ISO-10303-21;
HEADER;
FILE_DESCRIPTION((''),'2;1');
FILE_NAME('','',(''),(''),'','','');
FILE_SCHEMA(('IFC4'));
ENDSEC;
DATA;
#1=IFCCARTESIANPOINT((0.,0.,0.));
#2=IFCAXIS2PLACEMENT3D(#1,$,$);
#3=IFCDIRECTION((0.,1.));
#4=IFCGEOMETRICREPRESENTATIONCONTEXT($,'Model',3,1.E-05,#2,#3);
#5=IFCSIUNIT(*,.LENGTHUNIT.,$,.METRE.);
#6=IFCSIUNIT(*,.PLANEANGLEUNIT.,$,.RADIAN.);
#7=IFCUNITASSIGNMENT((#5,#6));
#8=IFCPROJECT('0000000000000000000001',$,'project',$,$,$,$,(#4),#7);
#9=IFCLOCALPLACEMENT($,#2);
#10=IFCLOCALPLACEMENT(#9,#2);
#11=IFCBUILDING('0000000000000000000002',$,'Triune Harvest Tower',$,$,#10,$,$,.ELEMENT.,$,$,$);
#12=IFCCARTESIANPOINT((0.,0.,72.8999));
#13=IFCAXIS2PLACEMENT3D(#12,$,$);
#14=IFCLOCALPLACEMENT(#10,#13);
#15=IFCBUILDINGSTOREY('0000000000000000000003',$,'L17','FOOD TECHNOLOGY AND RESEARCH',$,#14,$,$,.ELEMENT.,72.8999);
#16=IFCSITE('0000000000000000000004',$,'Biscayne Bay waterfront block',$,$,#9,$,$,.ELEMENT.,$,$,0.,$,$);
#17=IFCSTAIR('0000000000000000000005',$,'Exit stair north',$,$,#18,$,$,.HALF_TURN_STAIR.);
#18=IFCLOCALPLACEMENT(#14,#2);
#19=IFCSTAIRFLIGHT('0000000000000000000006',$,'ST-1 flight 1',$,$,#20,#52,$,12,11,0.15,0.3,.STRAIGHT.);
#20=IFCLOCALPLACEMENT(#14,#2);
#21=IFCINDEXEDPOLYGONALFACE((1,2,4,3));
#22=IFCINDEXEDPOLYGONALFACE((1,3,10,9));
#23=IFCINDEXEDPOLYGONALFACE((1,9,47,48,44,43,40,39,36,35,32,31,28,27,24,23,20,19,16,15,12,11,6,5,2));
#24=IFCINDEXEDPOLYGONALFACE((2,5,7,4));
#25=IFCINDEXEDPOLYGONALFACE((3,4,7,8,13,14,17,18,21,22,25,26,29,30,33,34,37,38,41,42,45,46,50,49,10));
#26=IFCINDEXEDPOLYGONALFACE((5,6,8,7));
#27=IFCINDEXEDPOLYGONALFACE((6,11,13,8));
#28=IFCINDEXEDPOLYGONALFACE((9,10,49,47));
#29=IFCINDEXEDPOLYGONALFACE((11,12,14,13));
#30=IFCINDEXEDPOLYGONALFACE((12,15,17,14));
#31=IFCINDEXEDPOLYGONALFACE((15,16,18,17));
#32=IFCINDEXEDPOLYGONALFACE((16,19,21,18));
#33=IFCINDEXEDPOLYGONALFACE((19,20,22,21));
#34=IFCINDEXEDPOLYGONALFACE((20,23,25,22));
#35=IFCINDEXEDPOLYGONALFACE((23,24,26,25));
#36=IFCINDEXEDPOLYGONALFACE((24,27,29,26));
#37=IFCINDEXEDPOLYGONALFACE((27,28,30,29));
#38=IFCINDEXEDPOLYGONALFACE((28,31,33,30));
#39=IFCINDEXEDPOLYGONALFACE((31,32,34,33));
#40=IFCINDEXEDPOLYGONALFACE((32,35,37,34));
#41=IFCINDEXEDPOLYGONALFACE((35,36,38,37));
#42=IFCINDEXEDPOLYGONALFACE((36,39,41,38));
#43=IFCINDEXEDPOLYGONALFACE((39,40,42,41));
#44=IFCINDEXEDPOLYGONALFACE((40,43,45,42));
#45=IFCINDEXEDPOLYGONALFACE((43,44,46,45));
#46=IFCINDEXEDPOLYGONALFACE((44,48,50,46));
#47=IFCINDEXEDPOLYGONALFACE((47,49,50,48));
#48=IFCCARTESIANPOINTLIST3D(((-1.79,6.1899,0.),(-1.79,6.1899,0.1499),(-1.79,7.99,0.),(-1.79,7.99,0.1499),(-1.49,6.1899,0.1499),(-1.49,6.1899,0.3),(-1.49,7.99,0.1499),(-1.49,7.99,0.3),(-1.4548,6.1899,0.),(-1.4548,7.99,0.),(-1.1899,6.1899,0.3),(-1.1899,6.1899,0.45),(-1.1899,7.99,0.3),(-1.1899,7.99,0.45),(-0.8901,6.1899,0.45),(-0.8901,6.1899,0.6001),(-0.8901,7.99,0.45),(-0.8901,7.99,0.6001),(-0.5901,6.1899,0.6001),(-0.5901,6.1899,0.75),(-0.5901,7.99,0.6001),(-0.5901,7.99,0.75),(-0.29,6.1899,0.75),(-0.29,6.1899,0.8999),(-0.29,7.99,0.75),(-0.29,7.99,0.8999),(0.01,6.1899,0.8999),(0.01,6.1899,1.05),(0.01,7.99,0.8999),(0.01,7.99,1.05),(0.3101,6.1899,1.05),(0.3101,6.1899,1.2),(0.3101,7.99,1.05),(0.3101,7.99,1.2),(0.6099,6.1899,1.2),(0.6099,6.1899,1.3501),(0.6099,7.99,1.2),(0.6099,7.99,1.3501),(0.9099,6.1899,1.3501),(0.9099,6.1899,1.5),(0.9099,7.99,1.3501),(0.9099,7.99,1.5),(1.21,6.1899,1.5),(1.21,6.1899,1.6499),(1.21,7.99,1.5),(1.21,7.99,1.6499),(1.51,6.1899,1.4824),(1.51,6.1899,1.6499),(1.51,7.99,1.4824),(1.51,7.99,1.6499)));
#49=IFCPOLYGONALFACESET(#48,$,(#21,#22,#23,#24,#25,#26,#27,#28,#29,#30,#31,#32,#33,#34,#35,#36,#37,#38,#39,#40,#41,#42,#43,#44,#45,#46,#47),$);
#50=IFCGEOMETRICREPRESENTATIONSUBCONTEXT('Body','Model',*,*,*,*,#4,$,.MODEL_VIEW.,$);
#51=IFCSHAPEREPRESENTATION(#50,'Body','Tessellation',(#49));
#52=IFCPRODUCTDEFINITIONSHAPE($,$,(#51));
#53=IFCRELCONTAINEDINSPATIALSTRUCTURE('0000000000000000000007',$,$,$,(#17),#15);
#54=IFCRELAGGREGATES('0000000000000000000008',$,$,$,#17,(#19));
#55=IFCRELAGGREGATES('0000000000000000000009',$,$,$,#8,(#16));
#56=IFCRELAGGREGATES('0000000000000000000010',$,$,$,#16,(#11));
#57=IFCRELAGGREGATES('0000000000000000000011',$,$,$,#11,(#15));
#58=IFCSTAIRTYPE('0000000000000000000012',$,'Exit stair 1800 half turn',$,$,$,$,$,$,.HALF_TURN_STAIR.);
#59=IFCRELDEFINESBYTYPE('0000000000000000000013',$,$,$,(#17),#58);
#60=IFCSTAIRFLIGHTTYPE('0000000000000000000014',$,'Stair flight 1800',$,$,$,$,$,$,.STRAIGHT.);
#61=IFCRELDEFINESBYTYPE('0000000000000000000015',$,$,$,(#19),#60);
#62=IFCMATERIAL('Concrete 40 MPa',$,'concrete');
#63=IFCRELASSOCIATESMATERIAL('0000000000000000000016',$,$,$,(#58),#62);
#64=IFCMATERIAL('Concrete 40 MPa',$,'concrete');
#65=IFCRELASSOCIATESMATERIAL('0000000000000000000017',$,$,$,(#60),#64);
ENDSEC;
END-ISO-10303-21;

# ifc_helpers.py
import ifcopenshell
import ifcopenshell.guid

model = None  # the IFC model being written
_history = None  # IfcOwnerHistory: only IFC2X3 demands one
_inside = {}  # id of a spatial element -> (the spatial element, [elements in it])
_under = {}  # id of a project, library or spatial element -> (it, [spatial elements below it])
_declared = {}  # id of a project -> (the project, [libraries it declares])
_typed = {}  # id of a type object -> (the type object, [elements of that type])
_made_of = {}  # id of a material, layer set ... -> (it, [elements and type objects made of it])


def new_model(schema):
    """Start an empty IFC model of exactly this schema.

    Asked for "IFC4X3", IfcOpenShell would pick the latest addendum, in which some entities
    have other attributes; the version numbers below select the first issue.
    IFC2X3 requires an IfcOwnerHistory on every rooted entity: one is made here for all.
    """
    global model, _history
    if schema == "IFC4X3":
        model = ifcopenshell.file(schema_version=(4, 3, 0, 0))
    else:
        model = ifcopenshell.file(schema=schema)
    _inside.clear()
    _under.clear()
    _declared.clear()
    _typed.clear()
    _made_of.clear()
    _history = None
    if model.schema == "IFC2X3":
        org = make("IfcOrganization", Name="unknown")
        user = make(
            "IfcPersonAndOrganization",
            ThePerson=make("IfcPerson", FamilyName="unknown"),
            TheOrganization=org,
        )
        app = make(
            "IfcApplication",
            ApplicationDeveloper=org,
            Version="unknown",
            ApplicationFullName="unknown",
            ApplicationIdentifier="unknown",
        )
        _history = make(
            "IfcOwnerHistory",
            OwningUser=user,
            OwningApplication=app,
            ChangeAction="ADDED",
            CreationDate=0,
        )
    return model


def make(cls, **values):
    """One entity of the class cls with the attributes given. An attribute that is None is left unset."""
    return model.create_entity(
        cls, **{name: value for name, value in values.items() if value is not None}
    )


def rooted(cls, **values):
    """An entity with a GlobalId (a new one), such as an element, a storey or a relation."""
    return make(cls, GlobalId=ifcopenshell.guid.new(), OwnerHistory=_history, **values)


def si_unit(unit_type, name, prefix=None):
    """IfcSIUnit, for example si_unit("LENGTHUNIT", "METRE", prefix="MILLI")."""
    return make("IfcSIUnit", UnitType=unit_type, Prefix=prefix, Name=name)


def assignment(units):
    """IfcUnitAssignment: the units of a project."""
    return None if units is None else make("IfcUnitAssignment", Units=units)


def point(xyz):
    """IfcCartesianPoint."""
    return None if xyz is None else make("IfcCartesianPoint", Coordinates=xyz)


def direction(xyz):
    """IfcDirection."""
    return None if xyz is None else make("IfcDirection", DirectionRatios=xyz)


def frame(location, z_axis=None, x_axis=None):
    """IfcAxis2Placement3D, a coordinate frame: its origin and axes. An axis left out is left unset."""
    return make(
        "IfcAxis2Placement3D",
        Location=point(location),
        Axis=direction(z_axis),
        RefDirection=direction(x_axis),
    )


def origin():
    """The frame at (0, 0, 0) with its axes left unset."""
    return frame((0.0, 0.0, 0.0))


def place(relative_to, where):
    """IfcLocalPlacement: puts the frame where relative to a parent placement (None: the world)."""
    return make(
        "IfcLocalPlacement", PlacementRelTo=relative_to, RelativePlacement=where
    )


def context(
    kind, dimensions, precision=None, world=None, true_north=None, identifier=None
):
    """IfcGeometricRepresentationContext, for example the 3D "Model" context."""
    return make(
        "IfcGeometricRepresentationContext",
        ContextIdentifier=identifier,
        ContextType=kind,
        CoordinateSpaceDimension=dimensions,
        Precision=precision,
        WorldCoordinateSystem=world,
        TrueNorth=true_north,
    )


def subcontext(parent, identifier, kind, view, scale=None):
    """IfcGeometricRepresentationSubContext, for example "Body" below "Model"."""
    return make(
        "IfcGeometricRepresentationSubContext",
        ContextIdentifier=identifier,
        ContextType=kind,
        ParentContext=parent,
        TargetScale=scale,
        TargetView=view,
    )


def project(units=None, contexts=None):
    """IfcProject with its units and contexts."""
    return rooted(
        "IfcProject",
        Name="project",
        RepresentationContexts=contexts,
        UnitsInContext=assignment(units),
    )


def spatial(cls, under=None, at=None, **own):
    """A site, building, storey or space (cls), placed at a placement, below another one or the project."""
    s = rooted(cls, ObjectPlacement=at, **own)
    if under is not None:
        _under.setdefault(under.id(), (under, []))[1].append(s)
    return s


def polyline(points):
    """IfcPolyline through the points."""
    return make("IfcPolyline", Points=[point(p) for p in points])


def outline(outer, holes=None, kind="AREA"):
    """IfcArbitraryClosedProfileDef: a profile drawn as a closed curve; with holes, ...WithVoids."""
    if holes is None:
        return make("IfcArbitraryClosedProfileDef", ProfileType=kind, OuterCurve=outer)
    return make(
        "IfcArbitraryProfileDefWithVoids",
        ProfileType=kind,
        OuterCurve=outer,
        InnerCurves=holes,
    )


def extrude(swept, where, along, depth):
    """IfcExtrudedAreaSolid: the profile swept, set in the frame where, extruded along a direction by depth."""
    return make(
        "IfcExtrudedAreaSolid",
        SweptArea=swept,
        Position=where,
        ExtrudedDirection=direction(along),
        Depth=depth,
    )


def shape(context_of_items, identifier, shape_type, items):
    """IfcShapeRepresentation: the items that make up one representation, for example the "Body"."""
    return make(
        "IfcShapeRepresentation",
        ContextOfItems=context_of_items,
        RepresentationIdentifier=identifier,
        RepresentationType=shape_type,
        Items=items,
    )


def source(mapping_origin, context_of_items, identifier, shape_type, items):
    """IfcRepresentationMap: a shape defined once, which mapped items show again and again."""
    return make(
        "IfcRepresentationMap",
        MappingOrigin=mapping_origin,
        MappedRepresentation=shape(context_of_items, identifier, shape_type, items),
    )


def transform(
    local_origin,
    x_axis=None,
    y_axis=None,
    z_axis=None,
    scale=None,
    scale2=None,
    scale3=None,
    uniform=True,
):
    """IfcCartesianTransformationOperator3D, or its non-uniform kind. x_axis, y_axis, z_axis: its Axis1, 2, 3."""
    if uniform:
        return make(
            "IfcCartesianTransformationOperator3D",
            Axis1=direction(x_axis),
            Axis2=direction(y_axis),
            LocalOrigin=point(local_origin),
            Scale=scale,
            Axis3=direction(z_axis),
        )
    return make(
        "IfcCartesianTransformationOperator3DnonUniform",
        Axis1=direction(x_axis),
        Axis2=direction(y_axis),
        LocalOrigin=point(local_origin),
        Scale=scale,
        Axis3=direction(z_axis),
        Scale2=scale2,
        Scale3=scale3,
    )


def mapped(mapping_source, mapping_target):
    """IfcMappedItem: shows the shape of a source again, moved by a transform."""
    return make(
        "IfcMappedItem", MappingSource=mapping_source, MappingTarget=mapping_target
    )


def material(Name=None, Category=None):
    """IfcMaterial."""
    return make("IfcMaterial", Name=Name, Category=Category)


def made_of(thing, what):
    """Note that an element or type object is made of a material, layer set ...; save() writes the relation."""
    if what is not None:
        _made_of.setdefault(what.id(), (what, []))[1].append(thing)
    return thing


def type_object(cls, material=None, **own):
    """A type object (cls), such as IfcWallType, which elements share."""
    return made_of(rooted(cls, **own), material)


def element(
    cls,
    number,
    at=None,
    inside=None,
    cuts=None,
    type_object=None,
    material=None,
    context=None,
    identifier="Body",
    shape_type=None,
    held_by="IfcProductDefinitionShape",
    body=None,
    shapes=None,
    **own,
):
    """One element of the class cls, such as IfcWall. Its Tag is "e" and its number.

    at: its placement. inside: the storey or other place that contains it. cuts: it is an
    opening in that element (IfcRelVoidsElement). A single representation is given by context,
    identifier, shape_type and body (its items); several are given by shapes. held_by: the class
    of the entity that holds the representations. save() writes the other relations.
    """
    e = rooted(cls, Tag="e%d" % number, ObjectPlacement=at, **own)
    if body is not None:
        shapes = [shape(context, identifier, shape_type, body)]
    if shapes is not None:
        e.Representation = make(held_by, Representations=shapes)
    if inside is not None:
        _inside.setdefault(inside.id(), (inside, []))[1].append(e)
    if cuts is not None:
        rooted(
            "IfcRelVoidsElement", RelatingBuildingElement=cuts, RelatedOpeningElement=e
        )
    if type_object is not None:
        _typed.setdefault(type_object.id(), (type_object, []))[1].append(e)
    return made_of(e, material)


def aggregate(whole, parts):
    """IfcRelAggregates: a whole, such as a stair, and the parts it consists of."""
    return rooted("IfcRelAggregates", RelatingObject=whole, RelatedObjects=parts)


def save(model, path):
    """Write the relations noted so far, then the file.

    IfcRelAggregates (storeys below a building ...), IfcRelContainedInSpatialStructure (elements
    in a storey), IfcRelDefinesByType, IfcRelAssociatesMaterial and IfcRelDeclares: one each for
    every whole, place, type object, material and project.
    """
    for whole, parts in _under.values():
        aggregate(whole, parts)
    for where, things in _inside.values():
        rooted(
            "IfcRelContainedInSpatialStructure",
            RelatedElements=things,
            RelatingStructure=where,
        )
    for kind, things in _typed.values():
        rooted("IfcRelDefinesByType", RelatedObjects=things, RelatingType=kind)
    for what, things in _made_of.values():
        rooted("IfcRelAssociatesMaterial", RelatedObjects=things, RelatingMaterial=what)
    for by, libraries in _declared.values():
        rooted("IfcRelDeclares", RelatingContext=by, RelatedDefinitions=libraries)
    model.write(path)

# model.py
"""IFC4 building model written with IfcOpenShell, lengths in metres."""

from ifc_helpers import new_model, si_unit, direction, frame, origin, place, context, subcontext, project, spatial, polyline, outline, extrude, source, transform, mapped, material, type_object, element, aggregate, save


model = new_model("IFC4")

# Units and contexts
model_context = context("Model", 3, precision=1e-05, world=origin(), true_north=direction((0.0, 1.0)))
body_context = subcontext(model_context, "Body", "Model", "MODEL_VIEW")
ifc_project = project(units=[si_unit("LENGTHUNIT", "METRE"), si_unit("PLANEANGLEUNIT", "RADIAN")], contexts=[model_context])

# Site, building, storey
site_placement = place(None, origin())
site = spatial("IfcSite", under=ifc_project, at=site_placement, Name="Biscayne Bay waterfront block", CompositionType="ELEMENT", RefElevation=0.0)
building_placement = place(site_placement, origin())
building = spatial("IfcBuilding", under=site, at=building_placement, Name="Triune Harvest Tower", CompositionType="ELEMENT")
storey_placement = place(building_placement, frame((0.0, 0.0, 72.8999)))
storey = spatial("IfcBuildingStorey", under=building, at=storey_placement, Name="L17", Description="FOOD TECHNOLOGY AND RESEARCH", CompositionType="ELEMENT", Elevation=72.8999)

# Stair
ifc_material_1 = material(Name="Concrete 40 MPa", Category="concrete")
stair_type = type_object("IfcStairType", Name="Exit stair 1800 half turn", PredefinedType="HALF_TURN_STAIR", material=ifc_material_1)
stair_1_placement = place(storey_placement, origin())
stair_1 = element("IfcStair", 1, at=stair_1_placement, inside=storey, type_object=stair_type, Name="Exit stair north", PredefinedType="HALF_TURN_STAIR")

# Stair flight
ifc_material_2 = material(Name="Concrete 40 MPa", Category="concrete")
stair_flight_type = type_object("IfcStairFlightType", Name="Stair flight 1800", PredefinedType="STRAIGHT", material=ifc_material_2)
shared_shape_1 = source(origin(), body_context, "Body", "SweptSolid", [
    extrude(outline(polyline([(0.0, 0.0), (0.0, 0.1499), (0.3, 0.1499), (0.3, 0.3), (0.6001, 0.3), (0.6001, 0.45), (0.8999, 0.45), (0.8999, 0.6001), (1.2, 0.6001), (1.2, 0.75), (1.5, 0.75), (1.5, 0.8999), (1.8, 0.8999), (1.8, 1.05), (2.1001, 1.05), (2.1001, 1.2), (2.3999, 1.2), (2.3999, 1.3501), (2.7, 1.3501), (2.7, 1.5), (3.0, 1.5), (3.0, 1.6499), (3.3, 1.6499), (3.3, 1.8), (3.3, 1.4824), (0.3352, 0.0), (0.0, 0.0)])), frame((0.0, 0.8999, 0.0), z_axis=(0.0, -1.0, 0.0), x_axis=(1.0, 0.0, 0.0)), (0.0, 0.0, 1.0), 1.8),
])
stair_flight_placement = place(storey_placement, frame((-1.79, 7.0901, 0.0), z_axis=(0.0, 0.0, 1.0), x_axis=(1.0, 0.0, 0.0)))
stair_flight = element("IfcStairFlight", 2, at=stair_flight_placement, type_object=stair_flight_type, Name="ST-1 flight 1", NumberOfRisers=12, NumberOfTreads=11, PredefinedType="STRAIGHT", RiserHeight=0.15, TreadLength=0.3, context=body_context, shape_type="MappedRepresentation", body=[
    mapped(shared_shape_1, transform((0.0, 0.0, 0.0), scale=1.0)),
])
aggregate(stair_1, [stair_flight])

save(model, "model.ifc")
